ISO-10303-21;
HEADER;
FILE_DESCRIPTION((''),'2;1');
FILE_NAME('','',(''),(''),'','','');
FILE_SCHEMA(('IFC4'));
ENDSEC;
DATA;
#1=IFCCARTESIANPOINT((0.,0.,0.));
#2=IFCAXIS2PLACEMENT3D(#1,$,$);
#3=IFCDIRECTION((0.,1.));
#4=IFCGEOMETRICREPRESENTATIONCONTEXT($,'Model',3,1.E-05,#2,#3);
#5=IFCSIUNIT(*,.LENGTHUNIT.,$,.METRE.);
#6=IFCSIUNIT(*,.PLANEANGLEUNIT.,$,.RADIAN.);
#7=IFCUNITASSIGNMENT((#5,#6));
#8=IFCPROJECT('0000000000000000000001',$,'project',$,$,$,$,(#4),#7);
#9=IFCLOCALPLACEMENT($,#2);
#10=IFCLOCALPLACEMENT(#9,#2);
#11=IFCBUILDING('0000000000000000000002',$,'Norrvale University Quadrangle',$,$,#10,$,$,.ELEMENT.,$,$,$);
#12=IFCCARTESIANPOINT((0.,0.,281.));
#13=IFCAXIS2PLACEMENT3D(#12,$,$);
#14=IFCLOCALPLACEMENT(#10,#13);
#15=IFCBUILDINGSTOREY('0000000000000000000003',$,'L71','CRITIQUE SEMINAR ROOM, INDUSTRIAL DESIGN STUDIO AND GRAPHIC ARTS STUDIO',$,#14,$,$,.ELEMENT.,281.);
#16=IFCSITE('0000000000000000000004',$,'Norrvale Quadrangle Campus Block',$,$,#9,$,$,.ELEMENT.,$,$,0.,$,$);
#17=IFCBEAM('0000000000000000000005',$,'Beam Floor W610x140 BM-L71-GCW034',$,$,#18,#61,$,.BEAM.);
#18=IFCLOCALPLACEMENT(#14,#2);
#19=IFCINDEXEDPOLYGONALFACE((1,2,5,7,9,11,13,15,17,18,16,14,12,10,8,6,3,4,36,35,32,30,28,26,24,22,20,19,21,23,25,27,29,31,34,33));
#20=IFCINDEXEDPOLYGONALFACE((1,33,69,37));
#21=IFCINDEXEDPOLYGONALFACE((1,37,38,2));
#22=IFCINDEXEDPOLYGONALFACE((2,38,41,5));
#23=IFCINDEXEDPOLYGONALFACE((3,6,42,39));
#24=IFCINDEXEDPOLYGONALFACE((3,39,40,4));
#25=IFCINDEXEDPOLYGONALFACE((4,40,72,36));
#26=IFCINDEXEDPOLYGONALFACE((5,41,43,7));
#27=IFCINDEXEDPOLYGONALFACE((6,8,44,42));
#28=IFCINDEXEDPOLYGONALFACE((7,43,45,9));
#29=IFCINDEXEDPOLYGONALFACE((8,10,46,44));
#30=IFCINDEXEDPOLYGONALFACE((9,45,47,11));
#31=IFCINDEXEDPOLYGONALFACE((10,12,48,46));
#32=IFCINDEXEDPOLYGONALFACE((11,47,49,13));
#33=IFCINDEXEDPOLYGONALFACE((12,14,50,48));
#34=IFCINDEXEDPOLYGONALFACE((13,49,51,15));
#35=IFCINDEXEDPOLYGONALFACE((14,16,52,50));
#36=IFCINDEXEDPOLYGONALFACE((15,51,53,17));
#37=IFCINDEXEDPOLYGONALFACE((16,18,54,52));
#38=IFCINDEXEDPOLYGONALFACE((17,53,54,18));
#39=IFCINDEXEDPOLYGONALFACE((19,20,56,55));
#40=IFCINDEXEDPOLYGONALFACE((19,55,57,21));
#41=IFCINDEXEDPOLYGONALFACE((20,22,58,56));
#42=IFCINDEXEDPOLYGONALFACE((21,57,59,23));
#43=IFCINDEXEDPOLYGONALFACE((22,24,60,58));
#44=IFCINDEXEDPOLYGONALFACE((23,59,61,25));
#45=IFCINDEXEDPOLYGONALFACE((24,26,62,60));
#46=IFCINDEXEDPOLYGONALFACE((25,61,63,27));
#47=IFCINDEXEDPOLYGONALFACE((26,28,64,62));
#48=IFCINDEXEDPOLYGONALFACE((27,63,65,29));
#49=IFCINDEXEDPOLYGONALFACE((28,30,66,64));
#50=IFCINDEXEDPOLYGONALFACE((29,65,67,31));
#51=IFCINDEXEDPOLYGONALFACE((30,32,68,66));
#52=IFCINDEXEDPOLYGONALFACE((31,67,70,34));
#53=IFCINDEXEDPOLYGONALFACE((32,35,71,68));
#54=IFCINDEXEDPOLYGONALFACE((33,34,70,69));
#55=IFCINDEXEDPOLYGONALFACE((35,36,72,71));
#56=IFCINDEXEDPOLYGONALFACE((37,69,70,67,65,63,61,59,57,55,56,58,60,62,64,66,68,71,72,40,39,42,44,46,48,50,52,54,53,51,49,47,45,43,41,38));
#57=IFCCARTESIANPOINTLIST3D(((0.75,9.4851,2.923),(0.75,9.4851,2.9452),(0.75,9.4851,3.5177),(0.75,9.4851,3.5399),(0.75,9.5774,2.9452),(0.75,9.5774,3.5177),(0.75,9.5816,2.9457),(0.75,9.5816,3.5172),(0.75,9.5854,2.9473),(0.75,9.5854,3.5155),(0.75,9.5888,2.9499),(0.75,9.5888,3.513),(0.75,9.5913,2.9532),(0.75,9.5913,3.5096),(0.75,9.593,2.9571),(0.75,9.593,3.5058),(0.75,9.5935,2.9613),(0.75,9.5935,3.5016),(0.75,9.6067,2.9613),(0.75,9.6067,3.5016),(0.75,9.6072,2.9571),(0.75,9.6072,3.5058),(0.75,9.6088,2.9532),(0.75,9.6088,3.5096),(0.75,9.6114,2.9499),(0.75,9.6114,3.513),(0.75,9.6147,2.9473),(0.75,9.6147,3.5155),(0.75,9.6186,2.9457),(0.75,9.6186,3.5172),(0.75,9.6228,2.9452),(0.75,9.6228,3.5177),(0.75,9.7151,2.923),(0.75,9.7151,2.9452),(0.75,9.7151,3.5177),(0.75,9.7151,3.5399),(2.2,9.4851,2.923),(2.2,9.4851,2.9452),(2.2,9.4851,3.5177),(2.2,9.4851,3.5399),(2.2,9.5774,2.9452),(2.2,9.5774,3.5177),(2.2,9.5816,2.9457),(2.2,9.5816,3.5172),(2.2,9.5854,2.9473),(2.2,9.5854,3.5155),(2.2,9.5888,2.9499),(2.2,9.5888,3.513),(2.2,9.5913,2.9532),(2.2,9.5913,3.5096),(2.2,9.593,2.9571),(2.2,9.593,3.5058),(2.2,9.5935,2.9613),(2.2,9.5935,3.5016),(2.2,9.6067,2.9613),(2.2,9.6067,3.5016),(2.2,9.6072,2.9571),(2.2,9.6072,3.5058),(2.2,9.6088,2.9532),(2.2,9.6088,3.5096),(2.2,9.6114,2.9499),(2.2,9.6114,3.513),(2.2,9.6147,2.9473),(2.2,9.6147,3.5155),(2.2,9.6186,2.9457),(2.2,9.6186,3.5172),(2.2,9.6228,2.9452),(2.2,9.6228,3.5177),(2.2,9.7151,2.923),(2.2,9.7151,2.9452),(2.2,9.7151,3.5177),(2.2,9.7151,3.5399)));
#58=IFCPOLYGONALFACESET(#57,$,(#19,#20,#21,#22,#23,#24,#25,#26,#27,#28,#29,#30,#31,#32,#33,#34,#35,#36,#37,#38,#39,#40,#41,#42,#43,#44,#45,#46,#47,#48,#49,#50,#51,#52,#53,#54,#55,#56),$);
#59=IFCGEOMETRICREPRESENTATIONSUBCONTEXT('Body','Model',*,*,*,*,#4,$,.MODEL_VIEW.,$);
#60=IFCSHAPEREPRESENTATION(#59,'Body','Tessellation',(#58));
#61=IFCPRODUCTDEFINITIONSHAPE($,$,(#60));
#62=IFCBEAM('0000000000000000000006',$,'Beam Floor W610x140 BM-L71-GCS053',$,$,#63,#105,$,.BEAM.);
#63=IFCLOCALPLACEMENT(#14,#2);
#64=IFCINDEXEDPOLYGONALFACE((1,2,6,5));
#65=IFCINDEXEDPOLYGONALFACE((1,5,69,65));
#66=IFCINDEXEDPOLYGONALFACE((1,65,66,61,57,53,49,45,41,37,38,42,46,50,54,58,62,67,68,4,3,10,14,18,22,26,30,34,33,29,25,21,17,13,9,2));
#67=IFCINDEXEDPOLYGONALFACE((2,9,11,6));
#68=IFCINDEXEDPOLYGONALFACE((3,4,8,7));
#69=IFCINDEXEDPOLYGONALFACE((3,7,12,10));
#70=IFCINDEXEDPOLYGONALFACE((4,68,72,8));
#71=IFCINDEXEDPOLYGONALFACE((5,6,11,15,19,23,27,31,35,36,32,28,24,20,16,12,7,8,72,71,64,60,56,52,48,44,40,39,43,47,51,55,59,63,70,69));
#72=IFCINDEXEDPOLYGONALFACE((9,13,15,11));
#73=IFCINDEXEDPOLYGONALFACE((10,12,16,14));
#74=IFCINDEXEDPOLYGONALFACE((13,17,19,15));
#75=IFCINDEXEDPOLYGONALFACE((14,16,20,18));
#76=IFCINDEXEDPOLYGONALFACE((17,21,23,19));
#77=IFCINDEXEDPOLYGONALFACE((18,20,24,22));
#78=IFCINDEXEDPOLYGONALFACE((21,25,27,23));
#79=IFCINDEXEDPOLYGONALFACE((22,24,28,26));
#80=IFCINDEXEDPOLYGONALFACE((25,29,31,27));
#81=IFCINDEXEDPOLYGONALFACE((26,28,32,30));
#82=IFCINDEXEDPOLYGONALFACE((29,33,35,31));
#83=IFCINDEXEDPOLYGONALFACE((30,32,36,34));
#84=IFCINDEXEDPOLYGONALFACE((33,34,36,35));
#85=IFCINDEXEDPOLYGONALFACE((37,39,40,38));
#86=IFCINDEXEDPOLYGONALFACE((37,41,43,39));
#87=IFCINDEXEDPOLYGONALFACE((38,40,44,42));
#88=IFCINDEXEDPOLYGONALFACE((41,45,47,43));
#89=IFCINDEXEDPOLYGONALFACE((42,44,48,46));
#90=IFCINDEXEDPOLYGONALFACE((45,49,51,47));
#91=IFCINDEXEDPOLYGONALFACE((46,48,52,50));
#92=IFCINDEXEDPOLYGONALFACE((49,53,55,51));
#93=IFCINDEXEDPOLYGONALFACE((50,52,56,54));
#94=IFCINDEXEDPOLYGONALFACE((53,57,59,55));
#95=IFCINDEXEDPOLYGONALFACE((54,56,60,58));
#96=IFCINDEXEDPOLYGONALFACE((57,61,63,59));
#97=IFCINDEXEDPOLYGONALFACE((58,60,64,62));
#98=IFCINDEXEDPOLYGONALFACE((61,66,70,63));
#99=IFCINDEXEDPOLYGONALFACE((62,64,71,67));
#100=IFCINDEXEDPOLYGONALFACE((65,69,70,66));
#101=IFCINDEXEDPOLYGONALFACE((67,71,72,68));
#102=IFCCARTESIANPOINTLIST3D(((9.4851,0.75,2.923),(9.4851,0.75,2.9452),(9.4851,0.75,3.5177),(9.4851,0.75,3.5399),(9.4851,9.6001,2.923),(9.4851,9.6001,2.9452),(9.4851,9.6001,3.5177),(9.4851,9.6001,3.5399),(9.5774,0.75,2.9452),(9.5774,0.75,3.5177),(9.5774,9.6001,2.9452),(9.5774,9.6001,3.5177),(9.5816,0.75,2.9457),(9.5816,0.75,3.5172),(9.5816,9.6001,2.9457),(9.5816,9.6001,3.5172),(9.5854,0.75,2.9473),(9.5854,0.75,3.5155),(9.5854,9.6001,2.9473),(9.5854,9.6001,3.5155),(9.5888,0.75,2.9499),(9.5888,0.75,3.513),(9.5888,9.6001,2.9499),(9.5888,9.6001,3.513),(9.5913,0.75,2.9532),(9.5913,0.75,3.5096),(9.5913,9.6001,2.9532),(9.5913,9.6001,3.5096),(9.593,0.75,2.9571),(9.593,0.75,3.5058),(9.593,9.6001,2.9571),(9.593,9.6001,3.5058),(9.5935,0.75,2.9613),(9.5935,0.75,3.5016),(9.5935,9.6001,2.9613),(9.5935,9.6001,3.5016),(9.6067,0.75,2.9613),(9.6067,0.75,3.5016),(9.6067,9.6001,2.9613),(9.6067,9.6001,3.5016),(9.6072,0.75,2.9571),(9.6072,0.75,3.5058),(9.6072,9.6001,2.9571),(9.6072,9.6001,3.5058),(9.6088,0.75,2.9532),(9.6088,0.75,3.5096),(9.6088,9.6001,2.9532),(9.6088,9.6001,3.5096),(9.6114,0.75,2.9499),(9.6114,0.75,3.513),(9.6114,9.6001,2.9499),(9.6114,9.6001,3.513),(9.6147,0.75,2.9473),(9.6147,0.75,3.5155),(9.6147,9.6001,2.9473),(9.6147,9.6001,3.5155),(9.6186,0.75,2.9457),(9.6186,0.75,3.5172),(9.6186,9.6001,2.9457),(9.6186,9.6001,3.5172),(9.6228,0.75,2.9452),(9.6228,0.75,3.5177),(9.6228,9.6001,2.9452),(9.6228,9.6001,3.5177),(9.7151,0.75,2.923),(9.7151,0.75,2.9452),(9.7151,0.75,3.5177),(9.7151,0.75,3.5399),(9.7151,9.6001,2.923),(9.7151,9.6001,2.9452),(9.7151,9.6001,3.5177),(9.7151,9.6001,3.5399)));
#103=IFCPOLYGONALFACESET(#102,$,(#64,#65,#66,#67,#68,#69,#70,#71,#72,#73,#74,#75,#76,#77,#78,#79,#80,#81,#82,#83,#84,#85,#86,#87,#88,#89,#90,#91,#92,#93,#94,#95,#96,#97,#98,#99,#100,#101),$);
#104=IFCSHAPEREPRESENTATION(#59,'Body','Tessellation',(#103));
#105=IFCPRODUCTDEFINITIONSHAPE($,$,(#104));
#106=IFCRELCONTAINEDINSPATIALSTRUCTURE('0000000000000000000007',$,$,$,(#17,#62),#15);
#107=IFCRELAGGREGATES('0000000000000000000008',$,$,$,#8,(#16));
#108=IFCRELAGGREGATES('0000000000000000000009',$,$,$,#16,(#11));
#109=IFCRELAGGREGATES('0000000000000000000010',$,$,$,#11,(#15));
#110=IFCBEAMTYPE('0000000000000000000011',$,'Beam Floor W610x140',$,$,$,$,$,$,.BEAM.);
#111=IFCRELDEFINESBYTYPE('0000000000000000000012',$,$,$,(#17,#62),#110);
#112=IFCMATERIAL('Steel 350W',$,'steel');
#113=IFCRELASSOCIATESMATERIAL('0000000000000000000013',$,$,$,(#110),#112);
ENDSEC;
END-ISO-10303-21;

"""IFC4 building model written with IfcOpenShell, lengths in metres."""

from ifc_helpers import new_model, si_unit, direction, frame, origin, origin_2d, place, context, subcontext, project, spatial, i_section, extrude, material, material_profile, profile_set, type_object, element, save


model = new_model("IFC4")

# Units and contexts
model_context = context("Model", 3, precision=1e-05, world=origin(), true_north=direction((0.0, 1.0)))
body_context = subcontext(model_context, "Body", "Model", "MODEL_VIEW")
ifc_project = project(units=[si_unit("LENGTHUNIT", "METRE"), si_unit("PLANEANGLEUNIT", "RADIAN")], contexts=[model_context])

# Site, building, storey
site_placement = place(None, origin())
site = spatial("IfcSite", under=ifc_project, at=site_placement, Name="Norrvale Quadrangle Campus Block", CompositionType="ELEMENT", RefElevation=0.0)
building_placement = place(site_placement, origin())
building = spatial("IfcBuilding", under=site, at=building_placement, Name="Norrvale University Quadrangle", CompositionType="ELEMENT")
storey_placement = place(building_placement, frame((0.0, 0.0, 281.0)))
storey = spatial("IfcBuildingStorey", under=building, at=storey_placement, Name="L71", Description="CRITIQUE SEMINAR ROOM, INDUSTRIAL DESIGN STUDIO AND GRAPHIC ARTS STUDIO", CompositionType="ELEMENT", Elevation=281.0)

# Beams
ifc_material_1 = material(Name="Steel 350W", Category="steel")
ifc_material_profile_1 = material_profile(ifc_material_1, i_section(OverallWidth=0.23, OverallDepth=0.6169, WebThickness=0.0132, FlangeThickness=0.0222, FilletRadius=0.0161, at=origin_2d()), Name="Steel 350W")
ifc_profile_set_1 = profile_set([ifc_material_profile_1], Name="Steel 350W")
beam_type_1 = type_object("IfcBeamType", Name="Beam Floor W610x140", PredefinedType="BEAM", material=ifc_profile_set_1)
beam_1_placement = place(storey_placement, frame((0.75, 9.6001, 3.2314), z_axis=(1.0, 0.0, 0.0), x_axis=(0.0, 1.0, 0.0)))
element("IfcBeam", 1, at=beam_1_placement, inside=storey, type_object=beam_type_1, Name="Beam Floor W610x140 BM-L71-GCW034", PredefinedType="BEAM", context=body_context, shape_type="SweptSolid", body=[
    extrude(i_section(OverallWidth=0.23, OverallDepth=0.6169, WebThickness=0.0132, FlangeThickness=0.0222, FilletRadius=0.0161, at=origin_2d()), origin(), (0.0, 0.0, 1.0), 1.45),
])
beam_2_placement = place(storey_placement, frame((9.6001, 0.75, 3.2314), z_axis=(0.0, 1.0, 0.0), x_axis=(-1.0, 0.0, 0.0)))
element("IfcBeam", 2, at=beam_2_placement, inside=storey, type_object=beam_type_1, Name="Beam Floor W610x140 BM-L71-GCS053", PredefinedType="BEAM", context=body_context, shape_type="SweptSolid", body=[
    extrude(i_section(OverallWidth=0.23, OverallDepth=0.6169, WebThickness=0.0132, FlangeThickness=0.0222, FilletRadius=0.0161, at=origin_2d()), origin(), (0.0, 0.0, 1.0), 8.8501),
])

save(model, "model.ifc")
